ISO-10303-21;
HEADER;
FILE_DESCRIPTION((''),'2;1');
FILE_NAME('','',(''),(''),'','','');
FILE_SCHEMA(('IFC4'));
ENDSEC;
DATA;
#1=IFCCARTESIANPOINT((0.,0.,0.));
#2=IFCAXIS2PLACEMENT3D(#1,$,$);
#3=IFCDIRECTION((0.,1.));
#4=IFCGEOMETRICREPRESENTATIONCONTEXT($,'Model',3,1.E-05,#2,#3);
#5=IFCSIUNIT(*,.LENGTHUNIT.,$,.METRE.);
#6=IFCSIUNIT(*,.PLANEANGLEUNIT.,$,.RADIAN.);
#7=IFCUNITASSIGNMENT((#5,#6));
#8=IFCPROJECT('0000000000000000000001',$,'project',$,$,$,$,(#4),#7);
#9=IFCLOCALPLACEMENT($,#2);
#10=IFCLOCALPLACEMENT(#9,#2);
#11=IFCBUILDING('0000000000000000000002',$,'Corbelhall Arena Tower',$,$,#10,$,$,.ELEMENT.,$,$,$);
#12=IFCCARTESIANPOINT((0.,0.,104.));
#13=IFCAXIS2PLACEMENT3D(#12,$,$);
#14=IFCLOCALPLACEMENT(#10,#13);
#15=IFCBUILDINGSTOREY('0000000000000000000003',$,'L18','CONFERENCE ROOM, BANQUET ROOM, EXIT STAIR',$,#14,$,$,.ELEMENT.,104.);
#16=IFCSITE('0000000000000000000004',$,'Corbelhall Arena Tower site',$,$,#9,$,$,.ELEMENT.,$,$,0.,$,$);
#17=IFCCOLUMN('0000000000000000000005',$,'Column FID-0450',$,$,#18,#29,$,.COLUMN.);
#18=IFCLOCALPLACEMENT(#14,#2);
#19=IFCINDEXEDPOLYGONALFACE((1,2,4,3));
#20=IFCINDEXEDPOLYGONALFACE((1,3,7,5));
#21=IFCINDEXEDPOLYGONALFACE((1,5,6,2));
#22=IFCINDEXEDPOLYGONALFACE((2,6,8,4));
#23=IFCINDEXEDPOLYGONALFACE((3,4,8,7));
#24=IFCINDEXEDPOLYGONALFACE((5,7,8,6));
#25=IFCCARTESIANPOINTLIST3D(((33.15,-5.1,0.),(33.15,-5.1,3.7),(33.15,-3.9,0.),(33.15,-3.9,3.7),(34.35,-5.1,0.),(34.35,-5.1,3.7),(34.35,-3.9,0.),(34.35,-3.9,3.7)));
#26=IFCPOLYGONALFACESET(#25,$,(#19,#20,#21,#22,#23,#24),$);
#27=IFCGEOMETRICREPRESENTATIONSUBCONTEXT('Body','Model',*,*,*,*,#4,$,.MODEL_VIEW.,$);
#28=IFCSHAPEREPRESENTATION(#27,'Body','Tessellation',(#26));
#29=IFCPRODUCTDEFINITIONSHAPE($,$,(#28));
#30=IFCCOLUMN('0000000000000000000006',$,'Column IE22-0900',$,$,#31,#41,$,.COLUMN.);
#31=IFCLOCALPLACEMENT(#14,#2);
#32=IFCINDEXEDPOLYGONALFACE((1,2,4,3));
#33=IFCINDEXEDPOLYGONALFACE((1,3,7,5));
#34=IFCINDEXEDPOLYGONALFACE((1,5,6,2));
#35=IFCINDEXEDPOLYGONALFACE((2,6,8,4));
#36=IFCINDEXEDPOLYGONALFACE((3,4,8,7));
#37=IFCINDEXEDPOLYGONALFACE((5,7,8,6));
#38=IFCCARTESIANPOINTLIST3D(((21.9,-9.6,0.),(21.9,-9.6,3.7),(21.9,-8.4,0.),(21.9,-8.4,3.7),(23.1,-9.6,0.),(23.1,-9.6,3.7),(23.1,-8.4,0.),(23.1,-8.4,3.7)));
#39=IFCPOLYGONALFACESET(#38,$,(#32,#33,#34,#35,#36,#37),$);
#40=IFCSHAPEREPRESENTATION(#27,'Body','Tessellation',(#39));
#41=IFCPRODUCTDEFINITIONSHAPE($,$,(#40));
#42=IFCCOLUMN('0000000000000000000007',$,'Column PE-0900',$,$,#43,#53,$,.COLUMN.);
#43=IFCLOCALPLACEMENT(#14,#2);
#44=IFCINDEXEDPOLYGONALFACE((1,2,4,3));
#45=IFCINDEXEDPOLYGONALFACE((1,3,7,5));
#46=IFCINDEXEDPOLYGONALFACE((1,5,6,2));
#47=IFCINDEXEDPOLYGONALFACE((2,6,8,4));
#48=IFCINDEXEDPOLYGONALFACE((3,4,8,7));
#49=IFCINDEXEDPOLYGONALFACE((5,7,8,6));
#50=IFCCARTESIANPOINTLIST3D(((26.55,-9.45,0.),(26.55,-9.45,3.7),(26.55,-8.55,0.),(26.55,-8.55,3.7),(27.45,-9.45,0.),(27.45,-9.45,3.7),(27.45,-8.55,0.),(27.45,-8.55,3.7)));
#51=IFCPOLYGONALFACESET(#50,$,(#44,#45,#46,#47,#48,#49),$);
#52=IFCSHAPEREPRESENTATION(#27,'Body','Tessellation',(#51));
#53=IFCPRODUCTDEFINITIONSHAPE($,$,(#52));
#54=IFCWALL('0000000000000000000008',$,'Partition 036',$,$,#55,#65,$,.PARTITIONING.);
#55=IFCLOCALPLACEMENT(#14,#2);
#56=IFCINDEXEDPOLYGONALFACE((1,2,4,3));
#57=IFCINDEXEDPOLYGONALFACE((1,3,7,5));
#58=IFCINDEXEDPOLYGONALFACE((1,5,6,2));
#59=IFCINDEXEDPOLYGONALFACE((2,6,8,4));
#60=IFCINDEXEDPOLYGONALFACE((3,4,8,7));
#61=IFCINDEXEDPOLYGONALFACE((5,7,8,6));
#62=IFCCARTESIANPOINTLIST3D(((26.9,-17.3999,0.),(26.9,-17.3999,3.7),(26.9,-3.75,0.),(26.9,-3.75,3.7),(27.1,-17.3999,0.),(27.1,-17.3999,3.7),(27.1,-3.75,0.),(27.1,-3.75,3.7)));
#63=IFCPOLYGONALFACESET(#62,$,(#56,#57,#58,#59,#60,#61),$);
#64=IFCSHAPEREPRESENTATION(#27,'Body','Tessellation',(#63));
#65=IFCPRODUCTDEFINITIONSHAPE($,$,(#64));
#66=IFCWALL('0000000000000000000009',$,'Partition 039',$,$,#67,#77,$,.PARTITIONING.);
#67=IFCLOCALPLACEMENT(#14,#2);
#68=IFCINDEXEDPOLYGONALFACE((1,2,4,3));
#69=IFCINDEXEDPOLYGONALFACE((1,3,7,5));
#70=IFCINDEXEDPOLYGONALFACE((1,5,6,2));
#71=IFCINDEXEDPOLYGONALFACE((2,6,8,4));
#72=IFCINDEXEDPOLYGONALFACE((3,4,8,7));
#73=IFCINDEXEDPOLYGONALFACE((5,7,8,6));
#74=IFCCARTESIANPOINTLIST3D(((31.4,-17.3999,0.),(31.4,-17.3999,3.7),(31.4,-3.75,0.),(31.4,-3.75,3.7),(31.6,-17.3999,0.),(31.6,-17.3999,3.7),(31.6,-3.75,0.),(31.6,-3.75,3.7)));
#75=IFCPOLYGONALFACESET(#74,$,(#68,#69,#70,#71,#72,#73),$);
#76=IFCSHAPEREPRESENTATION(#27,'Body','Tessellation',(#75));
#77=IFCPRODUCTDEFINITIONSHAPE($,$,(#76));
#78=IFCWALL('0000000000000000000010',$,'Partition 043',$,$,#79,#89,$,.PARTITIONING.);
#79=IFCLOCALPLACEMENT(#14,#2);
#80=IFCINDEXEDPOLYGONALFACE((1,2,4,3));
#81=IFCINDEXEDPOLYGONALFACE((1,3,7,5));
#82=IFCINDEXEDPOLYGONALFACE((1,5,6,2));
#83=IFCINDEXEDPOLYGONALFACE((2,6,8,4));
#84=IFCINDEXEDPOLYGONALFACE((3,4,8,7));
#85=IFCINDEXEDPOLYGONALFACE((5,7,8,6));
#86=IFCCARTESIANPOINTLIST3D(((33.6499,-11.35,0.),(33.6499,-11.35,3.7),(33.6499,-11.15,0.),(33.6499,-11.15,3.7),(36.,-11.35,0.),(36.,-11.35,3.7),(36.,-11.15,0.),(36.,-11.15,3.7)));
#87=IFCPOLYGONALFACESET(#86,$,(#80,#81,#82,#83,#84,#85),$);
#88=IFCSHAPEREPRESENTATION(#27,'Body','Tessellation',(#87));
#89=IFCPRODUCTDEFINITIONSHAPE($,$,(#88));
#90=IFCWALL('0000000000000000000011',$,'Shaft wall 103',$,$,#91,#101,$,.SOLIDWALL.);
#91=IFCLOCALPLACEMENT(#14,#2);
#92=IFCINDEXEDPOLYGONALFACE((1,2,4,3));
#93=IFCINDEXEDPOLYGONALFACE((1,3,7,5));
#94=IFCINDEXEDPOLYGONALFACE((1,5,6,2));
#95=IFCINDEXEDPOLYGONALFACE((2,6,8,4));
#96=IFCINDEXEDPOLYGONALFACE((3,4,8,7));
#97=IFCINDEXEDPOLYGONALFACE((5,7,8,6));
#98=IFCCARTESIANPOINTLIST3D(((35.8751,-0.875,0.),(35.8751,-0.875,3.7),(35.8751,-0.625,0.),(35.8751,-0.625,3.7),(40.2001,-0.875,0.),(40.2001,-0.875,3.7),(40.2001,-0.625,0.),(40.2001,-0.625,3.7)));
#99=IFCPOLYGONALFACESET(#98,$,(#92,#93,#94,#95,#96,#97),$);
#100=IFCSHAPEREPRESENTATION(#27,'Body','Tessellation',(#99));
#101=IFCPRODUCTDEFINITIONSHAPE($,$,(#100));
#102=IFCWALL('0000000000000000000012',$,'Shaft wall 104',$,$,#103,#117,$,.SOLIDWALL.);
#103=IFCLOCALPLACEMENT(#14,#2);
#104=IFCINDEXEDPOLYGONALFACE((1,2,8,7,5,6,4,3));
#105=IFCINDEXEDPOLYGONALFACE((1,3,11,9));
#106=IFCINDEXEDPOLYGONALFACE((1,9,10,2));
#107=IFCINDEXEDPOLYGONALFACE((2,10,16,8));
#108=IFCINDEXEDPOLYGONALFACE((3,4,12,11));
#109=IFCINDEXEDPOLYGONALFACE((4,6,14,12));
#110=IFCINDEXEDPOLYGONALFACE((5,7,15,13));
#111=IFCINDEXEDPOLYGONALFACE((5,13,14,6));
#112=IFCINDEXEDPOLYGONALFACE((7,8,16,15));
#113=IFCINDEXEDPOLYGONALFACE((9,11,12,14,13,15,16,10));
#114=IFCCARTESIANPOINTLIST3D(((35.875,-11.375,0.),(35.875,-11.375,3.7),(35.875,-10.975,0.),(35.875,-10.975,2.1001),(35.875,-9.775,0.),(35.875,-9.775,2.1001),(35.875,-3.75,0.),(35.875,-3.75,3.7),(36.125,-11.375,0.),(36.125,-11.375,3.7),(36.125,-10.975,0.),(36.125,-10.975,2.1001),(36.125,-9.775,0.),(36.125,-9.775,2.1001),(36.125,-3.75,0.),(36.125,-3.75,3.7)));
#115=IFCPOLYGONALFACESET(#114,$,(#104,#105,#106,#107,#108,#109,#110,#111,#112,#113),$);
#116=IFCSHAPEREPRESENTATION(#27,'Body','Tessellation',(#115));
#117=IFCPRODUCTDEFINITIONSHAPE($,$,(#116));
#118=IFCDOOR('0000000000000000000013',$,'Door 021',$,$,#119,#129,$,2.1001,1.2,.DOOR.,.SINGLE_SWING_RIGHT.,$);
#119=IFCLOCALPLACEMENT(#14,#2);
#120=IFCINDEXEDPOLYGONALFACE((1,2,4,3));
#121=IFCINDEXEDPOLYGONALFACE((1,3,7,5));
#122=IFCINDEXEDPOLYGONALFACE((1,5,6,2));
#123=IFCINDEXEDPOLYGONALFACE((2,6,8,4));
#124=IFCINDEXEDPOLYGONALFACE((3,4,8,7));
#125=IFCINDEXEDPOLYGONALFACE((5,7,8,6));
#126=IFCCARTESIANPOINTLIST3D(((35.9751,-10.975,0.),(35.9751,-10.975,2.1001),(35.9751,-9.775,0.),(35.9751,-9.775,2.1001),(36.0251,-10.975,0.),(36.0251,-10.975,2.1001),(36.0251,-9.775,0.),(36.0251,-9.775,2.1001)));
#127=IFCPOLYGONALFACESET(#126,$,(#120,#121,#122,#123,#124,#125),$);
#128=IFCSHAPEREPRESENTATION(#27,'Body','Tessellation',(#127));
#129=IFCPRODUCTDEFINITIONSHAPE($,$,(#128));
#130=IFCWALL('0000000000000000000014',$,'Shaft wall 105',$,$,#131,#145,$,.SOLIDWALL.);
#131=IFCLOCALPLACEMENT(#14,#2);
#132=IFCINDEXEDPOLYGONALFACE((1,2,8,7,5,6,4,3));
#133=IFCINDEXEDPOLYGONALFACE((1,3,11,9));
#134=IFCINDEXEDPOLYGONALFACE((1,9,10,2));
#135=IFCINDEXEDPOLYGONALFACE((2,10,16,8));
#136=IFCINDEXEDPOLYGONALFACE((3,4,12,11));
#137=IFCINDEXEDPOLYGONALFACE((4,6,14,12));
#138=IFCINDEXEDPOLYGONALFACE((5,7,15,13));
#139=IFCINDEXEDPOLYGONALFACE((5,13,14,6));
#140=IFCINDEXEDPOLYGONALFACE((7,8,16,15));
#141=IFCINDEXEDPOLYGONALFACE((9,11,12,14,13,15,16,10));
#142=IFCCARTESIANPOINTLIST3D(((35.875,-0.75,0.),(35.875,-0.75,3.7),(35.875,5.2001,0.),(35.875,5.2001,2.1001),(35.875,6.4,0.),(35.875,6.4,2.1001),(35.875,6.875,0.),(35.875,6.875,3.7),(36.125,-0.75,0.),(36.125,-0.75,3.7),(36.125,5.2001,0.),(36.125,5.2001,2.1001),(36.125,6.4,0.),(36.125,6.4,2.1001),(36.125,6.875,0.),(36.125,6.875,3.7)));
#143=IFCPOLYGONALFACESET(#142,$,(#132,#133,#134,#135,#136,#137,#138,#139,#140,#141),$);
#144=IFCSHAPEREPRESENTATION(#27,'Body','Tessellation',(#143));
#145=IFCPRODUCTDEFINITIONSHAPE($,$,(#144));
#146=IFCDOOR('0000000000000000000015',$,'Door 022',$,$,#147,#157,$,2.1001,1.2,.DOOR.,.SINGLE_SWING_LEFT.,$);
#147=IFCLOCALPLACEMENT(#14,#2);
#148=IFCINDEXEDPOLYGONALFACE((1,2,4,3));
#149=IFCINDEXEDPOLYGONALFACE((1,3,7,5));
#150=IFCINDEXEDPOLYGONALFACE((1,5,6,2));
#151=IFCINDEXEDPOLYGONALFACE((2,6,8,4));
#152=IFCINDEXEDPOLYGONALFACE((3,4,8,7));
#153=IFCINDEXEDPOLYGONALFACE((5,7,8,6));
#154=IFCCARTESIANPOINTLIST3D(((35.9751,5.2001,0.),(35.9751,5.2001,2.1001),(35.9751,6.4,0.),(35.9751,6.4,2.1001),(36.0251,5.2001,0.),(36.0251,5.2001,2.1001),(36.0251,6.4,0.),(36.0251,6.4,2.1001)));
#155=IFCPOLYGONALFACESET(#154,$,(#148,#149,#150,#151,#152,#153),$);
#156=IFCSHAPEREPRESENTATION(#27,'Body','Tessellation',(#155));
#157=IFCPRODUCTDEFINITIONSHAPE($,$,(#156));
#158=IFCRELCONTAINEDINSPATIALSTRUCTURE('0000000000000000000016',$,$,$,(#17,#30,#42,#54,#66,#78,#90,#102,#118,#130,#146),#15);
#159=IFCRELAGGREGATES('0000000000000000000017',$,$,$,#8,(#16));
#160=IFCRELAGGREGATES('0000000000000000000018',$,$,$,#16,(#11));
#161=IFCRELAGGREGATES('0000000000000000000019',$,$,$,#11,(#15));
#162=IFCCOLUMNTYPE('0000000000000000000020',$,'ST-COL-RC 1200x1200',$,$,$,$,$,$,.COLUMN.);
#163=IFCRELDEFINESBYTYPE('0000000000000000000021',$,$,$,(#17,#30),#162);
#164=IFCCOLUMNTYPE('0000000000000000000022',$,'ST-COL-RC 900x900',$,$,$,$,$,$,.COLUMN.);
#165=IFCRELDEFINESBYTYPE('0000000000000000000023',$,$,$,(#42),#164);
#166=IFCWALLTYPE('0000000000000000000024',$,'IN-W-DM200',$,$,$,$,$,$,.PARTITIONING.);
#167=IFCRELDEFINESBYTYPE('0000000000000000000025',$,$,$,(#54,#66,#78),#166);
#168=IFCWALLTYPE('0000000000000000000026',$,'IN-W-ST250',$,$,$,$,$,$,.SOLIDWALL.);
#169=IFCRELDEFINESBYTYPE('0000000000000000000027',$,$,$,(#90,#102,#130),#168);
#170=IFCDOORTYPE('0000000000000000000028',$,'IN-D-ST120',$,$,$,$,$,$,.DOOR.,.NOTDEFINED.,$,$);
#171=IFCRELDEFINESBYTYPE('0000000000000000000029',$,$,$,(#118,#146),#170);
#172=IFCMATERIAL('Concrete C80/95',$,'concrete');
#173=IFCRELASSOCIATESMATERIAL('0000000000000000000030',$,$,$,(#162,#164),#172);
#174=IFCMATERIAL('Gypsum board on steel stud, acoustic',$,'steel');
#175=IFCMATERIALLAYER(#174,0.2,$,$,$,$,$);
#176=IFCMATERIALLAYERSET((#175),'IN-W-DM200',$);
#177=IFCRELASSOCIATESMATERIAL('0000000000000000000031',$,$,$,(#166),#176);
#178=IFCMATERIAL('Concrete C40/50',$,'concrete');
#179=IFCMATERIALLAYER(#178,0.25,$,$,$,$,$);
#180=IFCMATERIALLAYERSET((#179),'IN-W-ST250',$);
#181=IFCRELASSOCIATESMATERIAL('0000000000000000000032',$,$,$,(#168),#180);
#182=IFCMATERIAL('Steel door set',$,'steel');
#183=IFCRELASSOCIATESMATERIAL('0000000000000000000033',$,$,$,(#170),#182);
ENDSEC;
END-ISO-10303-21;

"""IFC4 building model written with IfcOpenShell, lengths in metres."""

from ifc_helpers import new_model, si_unit, direction, frame, frame_2d, origin, origin_2d, place, context, subcontext, project, spatial, rectangle, extrude, material, layer, layer_set, material_profile, profile_set, type_object, element, fill, save


model = new_model("IFC4")

# Units and contexts
model_context = context("Model", 3, precision=1e-05, world=origin(), true_north=direction((0.0, 1.0)))
body_context = subcontext(model_context, "Body", "Model", "MODEL_VIEW")
ifc_project = project(units=[si_unit("LENGTHUNIT", "METRE"), si_unit("PLANEANGLEUNIT", "RADIAN")], contexts=[model_context])

# Site, building, storey
site_placement = place(None, origin())
site = spatial("IfcSite", under=ifc_project, at=site_placement, Name="Corbelhall Arena Tower site", CompositionType="ELEMENT", RefElevation=0.0)
building_placement = place(site_placement, origin())
building = spatial("IfcBuilding", under=site, at=building_placement, Name="Corbelhall Arena Tower", CompositionType="ELEMENT")
storey_placement = place(building_placement, frame((0.0, 0.0, 104.0)))
storey = spatial("IfcBuildingStorey", under=building, at=storey_placement, Name="L18", Description="CONFERENCE ROOM, BANQUET ROOM, EXIT STAIR", CompositionType="ELEMENT", Elevation=104.0)

# Columns
ifc_material_1 = material(Name="Concrete C80/95", Category="concrete")
ifc_material_profile_1 = material_profile(ifc_material_1, rectangle(XDim=1.2, YDim=1.2, at=origin_2d()))
ifc_profile_set_1 = profile_set([ifc_material_profile_1], Name="Concrete C80/95")
column_type_1 = type_object("IfcColumnType", Name="ST-COL-RC 1200x1200", PredefinedType="COLUMN", material=ifc_profile_set_1)
for number, where, z_axis, x_axis, name in (
    (1, (33.75, -4.5, 0.0), (0.0, 0.0, 1.0), (1.0, 0.0, 0.0), "Column FID-0450"),
    (2, (22.5, -9.0, 0.0), (0.0, 0.0, 1.0), (1.0, 0.0, 0.0), "Column IE22-0900"),
):
    element("IfcColumn", number, at=place(storey_placement, frame(where, z_axis=z_axis, x_axis=x_axis)), inside=storey, type_object=column_type_1, Name=name, PredefinedType="COLUMN", context=body_context, shape_type="SweptSolid", body=[
        extrude(rectangle(XDim=1.2, YDim=1.2, at=origin_2d()), origin(), (0.0, 0.0, 1.0), 3.7),
    ])
ifc_material_profile_2 = material_profile(ifc_material_1, rectangle(XDim=0.8999, YDim=0.8999, at=origin_2d()))
ifc_profile_set_2 = profile_set([ifc_material_profile_2], Name="Concrete C80/95")
column_type_2 = type_object("IfcColumnType", Name="ST-COL-RC 900x900", PredefinedType="COLUMN", material=ifc_profile_set_2)
column_placement = place(storey_placement, frame((27.0, -9.0, 0.0), z_axis=(0.0, 0.0, 1.0), x_axis=(1.0, 0.0, 0.0)))
element("IfcColumn", 3, at=column_placement, inside=storey, type_object=column_type_2, Name="Column PE-0900", PredefinedType="COLUMN", context=body_context, shape_type="SweptSolid", body=[
    extrude(rectangle(XDim=0.8999, YDim=0.8999, at=origin_2d()), origin(), (0.0, 0.0, 1.0), 3.7),
])

# Shared definitions
ifc_material_2 = material(Name="Gypsum board on steel stud, acoustic", Category="steel")
ifc_layer_1 = layer(ifc_material_2, 0.2)
ifc_layer_set_1 = layer_set([ifc_layer_1], Name="IN-W-DM200")
wall_type_1 = type_object("IfcWallType", Name="IN-W-DM200", PredefinedType="PARTITIONING", material=ifc_layer_set_1)
ifc_material_3 = material(Name="Steel door set", Category="steel")

# Walls
for number, where, z_axis, x_axis, name in (
    (4, (27.0, -3.75, 0.0), (0.0, 0.0, 1.0), (0.0, -1.0, 0.0), "Partition 036"),
    (5, (31.5, -3.75, 0.0), (0.0, 0.0, 1.0), (0.0, -1.0, 0.0), "Partition 039"),
):
    element("IfcWall", number, at=place(storey_placement, frame(where, z_axis=z_axis, x_axis=x_axis)), inside=storey, type_object=wall_type_1, Name=name, PredefinedType="PARTITIONING", context=body_context, shape_type="SweptSolid", body=[
        extrude(rectangle(XDim=13.6499, YDim=0.2, at=frame_2d((6.825, 0.0))), origin(), (0.0, 0.0, 1.0), 3.7),
    ])

# Walls
wall_1_placement = place(storey_placement, frame((36.0, -11.25, 0.0), z_axis=(0.0, 0.0, 1.0), x_axis=(-1.0, 0.0, 0.0)))
element("IfcWall", 6, at=wall_1_placement, inside=storey, type_object=wall_type_1, Name="Partition 043", PredefinedType="PARTITIONING", context=body_context, shape_type="SweptSolid", body=[
    extrude(rectangle(XDim=2.3501, YDim=0.2, at=frame_2d((1.175, 0.0))), origin(), (0.0, 0.0, 1.0), 3.7),
])
ifc_material_4 = material(Name="Concrete C40/50", Category="concrete")
ifc_layer_2 = layer(ifc_material_4, 0.25)
ifc_layer_set_2 = layer_set([ifc_layer_2], Name="IN-W-ST250")
wall_type_2 = type_object("IfcWallType", Name="IN-W-ST250", PredefinedType="SOLIDWALL", material=ifc_layer_set_2)
wall_2_placement = place(storey_placement, frame((35.875, -0.75, 0.0), z_axis=(0.0, 0.0, 1.0), x_axis=(1.0, 0.0, 0.0)))
element("IfcWall", 7, at=wall_2_placement, inside=storey, type_object=wall_type_2, Name="Shaft wall 103", PredefinedType="SOLIDWALL", context=body_context, shape_type="SweptSolid", body=[
    extrude(rectangle(XDim=4.325, YDim=0.25, at=frame_2d((2.1626, 0.0))), origin(), (0.0, 0.0, 1.0), 3.7),
])

# Walls, openings, doors
wall_3_placement = place(storey_placement, frame((36.0, -11.375, 0.0), z_axis=(0.0, 0.0, 1.0), x_axis=(0.0, 1.0, 0.0)))
wall_3 = element("IfcWall", 8, at=wall_3_placement, inside=storey, type_object=wall_type_2, Name="Shaft wall 104", PredefinedType="SOLIDWALL", context=body_context, shape_type="SweptSolid", body=[
    extrude(rectangle(XDim=7.625, YDim=0.25, at=frame_2d((3.8125, 0.0))), origin(), (0.0, 0.0, 1.0), 3.7),
])
opening_1_placement = place(wall_3_placement, frame((0.3999, 0.0, 0.0)))
opening_1 = element("IfcOpeningElement", 9, at=opening_1_placement, cuts=wall_3, PredefinedType="OPENING", context=body_context, shape_type="SweptSolid", body=[
    extrude(rectangle(XDim=1.2, YDim=2.1001, at=frame_2d((0.6001, 1.05))), frame((0.0, 0.125, 0.0), z_axis=(0.0, -1.0, 0.0), x_axis=(1.0, 0.0, 0.0)), (0.0, 0.0, 1.0), 0.25),
])
door_type_1 = type_object("IfcDoorType", Name="IN-D-ST120", OperationType="NOTDEFINED", PredefinedType="DOOR", material=ifc_material_3)
door_1_placement = place(opening_1_placement, origin())
door_1 = element("IfcDoor", 10, at=door_1_placement, inside=storey, type_object=door_type_1, Name="Door 021", OperationType="SINGLE_SWING_RIGHT", OverallHeight=2.1001, OverallWidth=1.2, PredefinedType="DOOR", context=body_context, shape_type="SweptSolid", body=[
    extrude(rectangle(XDim=1.2, YDim=2.1001, at=frame_2d((0.6001, 1.05))), frame((0.0, 0.0249, 0.0), z_axis=(0.0, -1.0, 0.0), x_axis=(1.0, 0.0, 0.0)), (0.0, 0.0, 1.0), 0.05),
])
fill(opening_1, door_1)
wall_4_placement = place(storey_placement, frame((36.0, -0.75, 0.0), z_axis=(0.0, 0.0, 1.0), x_axis=(0.0, 1.0, 0.0)))
wall_4 = element("IfcWall", 11, at=wall_4_placement, inside=storey, type_object=wall_type_2, Name="Shaft wall 105", PredefinedType="SOLIDWALL", context=body_context, shape_type="SweptSolid", body=[
    extrude(rectangle(XDim=7.625, YDim=0.25, at=frame_2d((3.8125, 0.0))), origin(), (0.0, 0.0, 1.0), 3.7),
])
opening_2_placement = place(wall_4_placement, frame((5.95, 0.0, 0.0)))
opening_2 = element("IfcOpeningElement", 12, at=opening_2_placement, cuts=wall_4, PredefinedType="OPENING", context=body_context, shape_type="SweptSolid", body=[
    extrude(rectangle(XDim=1.2, YDim=2.1001, at=frame_2d((0.6001, 1.05))), frame((0.0, 0.125, 0.0), z_axis=(0.0, -1.0, 0.0), x_axis=(1.0, 0.0, 0.0)), (0.0, 0.0, 1.0), 0.25),
])
door_2_placement = place(opening_2_placement, origin())
door_2 = element("IfcDoor", 13, at=door_2_placement, inside=storey, type_object=door_type_1, Name="Door 022", OperationType="SINGLE_SWING_LEFT", OverallHeight=2.1001, OverallWidth=1.2, PredefinedType="DOOR", context=body_context, shape_type="SweptSolid", body=[
    extrude(rectangle(XDim=1.2, YDim=2.1001, at=frame_2d((0.6001, 1.05))), frame((0.0, 0.0249, 0.0), z_axis=(0.0, -1.0, 0.0), x_axis=(1.0, 0.0, 0.0)), (0.0, 0.0, 1.0), 0.05),
])
fill(opening_2, door_2)

save(model, "model.ifc")
